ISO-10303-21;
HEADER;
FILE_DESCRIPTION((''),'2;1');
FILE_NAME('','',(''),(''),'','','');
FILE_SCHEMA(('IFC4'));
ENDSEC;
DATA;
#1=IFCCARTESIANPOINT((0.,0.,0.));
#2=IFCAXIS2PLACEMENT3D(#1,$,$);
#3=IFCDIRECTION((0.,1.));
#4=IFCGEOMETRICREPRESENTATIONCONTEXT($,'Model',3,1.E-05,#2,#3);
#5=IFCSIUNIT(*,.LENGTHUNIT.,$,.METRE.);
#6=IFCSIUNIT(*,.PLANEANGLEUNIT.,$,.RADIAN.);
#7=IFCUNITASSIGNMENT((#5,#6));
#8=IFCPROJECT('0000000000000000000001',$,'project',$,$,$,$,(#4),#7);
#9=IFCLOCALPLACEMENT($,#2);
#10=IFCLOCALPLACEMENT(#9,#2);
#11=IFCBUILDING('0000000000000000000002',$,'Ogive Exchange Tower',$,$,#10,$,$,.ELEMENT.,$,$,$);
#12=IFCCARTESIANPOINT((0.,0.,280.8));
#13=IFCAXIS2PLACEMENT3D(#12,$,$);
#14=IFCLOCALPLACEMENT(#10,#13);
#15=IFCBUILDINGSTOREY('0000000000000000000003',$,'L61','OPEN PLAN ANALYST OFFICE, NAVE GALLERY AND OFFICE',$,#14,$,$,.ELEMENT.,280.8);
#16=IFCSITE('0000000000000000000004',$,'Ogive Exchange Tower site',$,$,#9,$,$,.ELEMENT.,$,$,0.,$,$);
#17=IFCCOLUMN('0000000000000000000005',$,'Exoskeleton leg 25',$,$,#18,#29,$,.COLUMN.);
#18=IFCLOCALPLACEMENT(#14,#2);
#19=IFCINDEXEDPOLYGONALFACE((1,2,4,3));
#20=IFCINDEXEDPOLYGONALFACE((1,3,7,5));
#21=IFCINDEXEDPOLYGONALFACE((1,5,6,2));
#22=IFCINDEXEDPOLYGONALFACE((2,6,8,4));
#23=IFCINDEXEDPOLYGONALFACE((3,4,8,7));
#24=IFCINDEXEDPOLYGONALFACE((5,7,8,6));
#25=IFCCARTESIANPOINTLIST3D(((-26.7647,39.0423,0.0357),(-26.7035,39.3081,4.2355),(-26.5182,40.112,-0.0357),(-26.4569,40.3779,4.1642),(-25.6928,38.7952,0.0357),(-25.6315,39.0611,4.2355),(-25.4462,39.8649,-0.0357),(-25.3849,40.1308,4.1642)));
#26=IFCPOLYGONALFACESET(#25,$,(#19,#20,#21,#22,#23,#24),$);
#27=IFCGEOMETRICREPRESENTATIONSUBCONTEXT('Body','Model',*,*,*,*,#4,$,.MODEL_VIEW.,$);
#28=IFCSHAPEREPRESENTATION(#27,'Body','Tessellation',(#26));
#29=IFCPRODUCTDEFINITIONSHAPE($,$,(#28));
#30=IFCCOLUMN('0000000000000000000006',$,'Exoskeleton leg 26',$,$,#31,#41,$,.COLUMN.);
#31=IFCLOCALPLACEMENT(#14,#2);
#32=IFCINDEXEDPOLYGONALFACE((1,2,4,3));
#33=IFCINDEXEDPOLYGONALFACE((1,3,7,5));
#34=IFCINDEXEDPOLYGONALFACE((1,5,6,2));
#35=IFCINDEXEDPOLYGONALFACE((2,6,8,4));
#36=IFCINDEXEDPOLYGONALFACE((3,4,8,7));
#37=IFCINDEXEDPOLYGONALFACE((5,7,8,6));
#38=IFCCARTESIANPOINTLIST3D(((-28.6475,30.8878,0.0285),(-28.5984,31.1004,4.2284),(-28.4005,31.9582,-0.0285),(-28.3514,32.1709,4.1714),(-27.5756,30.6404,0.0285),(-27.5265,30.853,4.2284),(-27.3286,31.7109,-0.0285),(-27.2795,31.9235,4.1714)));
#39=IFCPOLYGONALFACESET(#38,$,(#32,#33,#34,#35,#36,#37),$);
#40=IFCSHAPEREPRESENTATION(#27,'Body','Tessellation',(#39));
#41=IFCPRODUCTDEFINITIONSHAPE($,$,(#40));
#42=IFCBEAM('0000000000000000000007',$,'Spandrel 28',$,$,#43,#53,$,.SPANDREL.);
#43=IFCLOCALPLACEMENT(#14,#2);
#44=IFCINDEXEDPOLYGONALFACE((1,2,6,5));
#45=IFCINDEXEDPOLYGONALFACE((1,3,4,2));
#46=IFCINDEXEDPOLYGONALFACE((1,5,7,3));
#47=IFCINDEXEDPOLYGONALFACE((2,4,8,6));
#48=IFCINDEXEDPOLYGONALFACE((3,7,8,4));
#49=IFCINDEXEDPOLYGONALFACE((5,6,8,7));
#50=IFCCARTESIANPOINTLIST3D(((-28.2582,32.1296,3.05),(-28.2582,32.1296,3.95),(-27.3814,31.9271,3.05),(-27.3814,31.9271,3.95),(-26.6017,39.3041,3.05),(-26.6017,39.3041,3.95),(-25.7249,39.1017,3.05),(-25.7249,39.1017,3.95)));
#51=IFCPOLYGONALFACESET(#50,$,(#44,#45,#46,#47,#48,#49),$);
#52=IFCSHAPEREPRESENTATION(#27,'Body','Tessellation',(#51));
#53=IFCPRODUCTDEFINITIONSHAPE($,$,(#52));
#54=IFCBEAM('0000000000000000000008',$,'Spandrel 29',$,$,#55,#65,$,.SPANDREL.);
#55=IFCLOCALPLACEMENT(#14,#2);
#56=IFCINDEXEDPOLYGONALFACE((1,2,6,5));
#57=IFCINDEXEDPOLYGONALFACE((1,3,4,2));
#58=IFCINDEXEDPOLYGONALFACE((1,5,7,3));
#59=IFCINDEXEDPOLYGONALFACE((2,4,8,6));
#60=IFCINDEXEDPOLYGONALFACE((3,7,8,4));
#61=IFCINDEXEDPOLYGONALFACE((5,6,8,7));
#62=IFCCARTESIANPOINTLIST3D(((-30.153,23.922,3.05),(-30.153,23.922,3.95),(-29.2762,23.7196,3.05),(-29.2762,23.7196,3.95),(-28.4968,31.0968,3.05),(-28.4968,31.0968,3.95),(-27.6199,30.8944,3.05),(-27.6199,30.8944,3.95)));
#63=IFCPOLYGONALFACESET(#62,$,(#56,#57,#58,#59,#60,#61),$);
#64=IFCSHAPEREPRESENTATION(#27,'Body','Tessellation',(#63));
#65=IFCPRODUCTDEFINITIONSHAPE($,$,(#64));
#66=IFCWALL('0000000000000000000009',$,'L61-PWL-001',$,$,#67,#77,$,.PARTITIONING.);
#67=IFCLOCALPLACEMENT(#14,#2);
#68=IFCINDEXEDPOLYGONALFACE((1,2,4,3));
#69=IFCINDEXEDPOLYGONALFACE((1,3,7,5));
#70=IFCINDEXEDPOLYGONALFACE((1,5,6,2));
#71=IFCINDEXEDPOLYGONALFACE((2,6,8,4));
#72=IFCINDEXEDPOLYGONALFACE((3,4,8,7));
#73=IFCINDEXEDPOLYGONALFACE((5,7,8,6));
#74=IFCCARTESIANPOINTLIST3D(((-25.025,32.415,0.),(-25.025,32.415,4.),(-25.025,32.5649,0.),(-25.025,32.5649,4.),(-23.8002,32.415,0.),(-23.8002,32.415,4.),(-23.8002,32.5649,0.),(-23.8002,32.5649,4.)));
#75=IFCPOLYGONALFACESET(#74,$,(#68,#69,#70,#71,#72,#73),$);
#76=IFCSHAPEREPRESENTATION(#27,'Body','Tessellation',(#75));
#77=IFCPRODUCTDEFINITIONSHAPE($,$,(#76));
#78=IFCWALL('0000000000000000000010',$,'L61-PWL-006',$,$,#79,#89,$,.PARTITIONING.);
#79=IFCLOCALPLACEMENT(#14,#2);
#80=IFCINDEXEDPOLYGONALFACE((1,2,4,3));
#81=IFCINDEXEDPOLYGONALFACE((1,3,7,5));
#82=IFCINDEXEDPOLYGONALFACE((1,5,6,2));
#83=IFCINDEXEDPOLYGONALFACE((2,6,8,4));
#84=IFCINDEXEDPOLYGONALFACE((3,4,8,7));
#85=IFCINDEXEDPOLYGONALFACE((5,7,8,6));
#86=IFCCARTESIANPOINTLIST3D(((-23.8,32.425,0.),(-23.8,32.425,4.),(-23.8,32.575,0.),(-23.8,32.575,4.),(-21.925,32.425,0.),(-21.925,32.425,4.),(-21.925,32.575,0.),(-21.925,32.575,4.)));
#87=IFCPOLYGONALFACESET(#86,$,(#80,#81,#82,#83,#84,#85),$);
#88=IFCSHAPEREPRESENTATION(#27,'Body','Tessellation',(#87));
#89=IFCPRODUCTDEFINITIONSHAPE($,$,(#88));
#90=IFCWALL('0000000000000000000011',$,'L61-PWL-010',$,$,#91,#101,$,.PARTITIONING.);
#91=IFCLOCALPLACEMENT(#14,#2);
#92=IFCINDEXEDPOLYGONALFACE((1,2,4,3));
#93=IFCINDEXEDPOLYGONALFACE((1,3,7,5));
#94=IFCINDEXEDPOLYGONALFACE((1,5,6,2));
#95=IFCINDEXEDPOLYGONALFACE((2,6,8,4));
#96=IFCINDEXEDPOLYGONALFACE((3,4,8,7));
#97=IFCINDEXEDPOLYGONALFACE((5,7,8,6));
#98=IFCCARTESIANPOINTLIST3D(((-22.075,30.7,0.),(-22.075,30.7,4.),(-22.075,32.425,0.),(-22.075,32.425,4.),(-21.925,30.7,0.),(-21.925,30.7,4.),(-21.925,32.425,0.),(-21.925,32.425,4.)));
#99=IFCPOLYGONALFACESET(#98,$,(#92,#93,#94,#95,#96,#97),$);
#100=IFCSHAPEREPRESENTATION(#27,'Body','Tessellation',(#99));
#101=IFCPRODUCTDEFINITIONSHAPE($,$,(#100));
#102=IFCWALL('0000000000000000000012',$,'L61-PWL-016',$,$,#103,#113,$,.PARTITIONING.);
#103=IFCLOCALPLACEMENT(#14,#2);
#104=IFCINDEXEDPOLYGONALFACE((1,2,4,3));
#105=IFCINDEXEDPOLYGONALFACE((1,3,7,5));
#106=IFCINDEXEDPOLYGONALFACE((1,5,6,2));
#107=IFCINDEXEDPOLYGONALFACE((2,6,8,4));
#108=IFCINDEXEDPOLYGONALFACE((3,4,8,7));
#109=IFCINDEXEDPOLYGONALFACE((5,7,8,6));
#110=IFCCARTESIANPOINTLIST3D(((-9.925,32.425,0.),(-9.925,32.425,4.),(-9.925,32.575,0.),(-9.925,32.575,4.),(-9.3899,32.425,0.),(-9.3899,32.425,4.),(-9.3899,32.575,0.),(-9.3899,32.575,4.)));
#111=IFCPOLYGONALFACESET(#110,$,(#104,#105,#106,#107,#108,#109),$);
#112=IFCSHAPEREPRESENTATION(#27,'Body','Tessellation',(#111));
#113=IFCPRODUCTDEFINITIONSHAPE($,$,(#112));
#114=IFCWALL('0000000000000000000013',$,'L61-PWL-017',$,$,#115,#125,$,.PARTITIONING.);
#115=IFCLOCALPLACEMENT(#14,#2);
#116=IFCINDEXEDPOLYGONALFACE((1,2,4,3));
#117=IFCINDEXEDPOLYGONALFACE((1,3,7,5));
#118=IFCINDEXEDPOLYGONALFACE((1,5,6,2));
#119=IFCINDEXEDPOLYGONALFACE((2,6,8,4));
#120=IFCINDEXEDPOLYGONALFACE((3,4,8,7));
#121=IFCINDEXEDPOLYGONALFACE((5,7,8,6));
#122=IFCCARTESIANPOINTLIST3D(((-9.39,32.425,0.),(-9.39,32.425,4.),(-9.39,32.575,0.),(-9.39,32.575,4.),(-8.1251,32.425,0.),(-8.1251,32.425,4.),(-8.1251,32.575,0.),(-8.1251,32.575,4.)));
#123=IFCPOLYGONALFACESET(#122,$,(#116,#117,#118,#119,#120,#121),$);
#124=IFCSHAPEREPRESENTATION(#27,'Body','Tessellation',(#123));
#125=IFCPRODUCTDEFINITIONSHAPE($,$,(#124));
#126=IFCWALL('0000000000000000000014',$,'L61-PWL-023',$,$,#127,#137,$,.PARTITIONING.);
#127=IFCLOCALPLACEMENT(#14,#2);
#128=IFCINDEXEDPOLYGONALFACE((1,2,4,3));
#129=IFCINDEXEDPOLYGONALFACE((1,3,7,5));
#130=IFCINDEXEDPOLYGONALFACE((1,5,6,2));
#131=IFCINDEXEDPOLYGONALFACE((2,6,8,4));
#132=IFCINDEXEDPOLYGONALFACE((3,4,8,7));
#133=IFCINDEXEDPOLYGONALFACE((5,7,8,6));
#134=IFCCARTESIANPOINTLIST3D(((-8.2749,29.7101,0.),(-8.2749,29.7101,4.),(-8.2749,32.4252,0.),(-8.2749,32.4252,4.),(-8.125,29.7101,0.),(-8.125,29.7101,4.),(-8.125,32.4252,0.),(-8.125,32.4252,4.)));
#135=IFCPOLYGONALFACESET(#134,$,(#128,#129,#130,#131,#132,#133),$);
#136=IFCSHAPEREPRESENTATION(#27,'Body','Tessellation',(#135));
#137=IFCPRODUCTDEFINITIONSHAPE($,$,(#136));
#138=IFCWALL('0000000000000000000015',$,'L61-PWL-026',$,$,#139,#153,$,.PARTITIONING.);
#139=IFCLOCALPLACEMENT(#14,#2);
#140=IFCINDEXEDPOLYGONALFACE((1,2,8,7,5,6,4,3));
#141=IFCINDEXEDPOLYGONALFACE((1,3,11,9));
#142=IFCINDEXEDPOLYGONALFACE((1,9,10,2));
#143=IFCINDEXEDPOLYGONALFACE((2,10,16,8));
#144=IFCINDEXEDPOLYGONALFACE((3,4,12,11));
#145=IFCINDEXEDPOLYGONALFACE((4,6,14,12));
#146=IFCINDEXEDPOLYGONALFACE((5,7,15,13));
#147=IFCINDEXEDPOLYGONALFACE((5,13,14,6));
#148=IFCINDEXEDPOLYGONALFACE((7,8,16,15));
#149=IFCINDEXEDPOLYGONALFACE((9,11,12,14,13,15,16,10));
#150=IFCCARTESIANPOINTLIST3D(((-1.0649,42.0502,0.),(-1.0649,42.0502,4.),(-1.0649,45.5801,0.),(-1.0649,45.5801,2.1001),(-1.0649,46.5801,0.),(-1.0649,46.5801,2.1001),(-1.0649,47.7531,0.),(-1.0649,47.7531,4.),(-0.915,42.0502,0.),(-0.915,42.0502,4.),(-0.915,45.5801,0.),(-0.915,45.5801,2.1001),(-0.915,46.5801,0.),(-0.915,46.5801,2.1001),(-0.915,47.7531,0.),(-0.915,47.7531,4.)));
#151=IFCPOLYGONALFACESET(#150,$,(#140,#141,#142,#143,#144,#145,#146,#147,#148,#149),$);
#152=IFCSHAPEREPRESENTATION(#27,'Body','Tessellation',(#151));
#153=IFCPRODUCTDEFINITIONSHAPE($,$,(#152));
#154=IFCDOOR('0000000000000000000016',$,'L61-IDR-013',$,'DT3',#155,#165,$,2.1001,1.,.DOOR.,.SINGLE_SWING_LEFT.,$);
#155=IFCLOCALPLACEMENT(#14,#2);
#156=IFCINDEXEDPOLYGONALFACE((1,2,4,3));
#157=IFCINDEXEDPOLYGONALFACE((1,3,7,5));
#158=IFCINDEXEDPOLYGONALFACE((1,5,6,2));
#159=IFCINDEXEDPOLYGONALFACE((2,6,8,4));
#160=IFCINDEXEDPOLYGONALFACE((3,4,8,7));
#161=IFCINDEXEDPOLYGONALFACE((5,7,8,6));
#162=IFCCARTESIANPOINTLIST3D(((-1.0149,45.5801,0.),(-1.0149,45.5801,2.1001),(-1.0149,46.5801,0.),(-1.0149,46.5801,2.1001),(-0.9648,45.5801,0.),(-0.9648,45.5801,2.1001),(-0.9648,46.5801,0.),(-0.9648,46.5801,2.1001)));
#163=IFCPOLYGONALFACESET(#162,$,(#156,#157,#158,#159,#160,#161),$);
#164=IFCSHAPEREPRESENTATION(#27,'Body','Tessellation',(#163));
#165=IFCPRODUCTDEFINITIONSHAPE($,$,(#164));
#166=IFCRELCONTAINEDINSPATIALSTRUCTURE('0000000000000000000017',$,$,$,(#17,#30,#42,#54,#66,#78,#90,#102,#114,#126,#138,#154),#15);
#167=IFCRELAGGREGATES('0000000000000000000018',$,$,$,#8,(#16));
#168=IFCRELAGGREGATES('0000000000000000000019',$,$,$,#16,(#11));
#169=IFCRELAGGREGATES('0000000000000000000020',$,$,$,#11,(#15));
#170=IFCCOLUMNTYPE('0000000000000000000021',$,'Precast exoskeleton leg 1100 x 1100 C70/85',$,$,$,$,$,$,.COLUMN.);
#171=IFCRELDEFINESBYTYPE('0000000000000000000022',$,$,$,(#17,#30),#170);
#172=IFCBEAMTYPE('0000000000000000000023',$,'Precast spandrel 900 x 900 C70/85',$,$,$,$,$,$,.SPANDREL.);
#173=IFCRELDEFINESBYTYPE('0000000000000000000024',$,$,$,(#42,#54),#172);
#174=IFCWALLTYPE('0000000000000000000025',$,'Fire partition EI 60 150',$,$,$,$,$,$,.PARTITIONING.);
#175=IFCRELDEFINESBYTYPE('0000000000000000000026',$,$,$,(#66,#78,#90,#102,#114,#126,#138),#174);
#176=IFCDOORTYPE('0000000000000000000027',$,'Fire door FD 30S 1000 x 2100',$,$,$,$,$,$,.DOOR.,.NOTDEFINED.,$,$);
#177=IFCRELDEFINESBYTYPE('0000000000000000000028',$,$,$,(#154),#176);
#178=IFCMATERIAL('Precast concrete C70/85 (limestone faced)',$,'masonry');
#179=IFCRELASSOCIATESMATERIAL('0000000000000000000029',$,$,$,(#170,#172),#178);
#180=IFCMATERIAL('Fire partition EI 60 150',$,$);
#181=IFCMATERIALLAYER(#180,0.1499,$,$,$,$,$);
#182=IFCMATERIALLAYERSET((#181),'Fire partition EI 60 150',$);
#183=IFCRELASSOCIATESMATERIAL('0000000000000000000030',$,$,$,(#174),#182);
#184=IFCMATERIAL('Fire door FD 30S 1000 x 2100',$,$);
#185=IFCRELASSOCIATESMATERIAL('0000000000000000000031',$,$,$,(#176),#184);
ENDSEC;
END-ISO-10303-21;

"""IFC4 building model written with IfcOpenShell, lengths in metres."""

from ifc_helpers import new_model, si_unit, direction, frame, frame_2d, origin, origin_2d, place, context, subcontext, project, spatial, rectangle, extrude, material, layer, layer_set, material_profile, profile_set, type_object, element, fill, save


model = new_model("IFC4")

# Units and contexts
model_context = context("Model", 3, precision=1e-05, world=origin(), true_north=direction((0.0, 1.0)))
body_context = subcontext(model_context, "Body", "Model", "MODEL_VIEW")
ifc_project = project(units=[si_unit("LENGTHUNIT", "METRE"), si_unit("PLANEANGLEUNIT", "RADIAN")], contexts=[model_context])

# Site, building, storey
site_placement = place(None, origin())
site = spatial("IfcSite", under=ifc_project, at=site_placement, Name="Ogive Exchange Tower site", CompositionType="ELEMENT", RefElevation=0.0)
building_placement = place(site_placement, origin())
building = spatial("IfcBuilding", under=site, at=building_placement, Name="Ogive Exchange Tower", CompositionType="ELEMENT")
storey_placement = place(building_placement, frame((0.0, 0.0, 280.8)))
storey = spatial("IfcBuildingStorey", under=building, at=storey_placement, Name="L61", Description="OPEN PLAN ANALYST OFFICE, NAVE GALLERY AND OFFICE", CompositionType="ELEMENT", Elevation=280.8)

# Columns
ifc_material_1 = material(Name="Precast concrete C70/85 (limestone faced)", Category="masonry")
ifc_material_profile_1 = material_profile(ifc_material_1, rectangle(XDim=1.1001, YDim=1.1001, at=origin_2d()), Name="1100 x 1100")
ifc_profile_set_1 = profile_set([ifc_material_profile_1], Name="Precast concrete C70/85 (limestone faced)")
column_type = type_object("IfcColumnType", Name="Precast exoskeleton leg 1100 x 1100 C70/85", PredefinedType="COLUMN", material=ifc_profile_set_1)
column_1_placement = place(storey_placement, frame((-26.1055, 39.4536, 0.0), z_axis=(0.01456, 0.06317, 0.997897), x_axis=(-0.974451, 0.224598, 0.0)))
element("IfcColumn", 1, at=column_1_placement, inside=storey, type_object=column_type, Name="Exoskeleton leg 25", PredefinedType="COLUMN", context=body_context, shape_type="SweptSolid", body=[
    extrude(rectangle(XDim=1.1001, YDim=1.1001, at=origin_2d()), origin(), (0.0, 0.0, 1.0), 4.2087),
])
column_2_placement = place(storey_placement, frame((-27.988, 31.2993, 0.0), z_axis=(0.011668, 0.050562, 0.998653), x_axis=(-0.974391, 0.22486, 0.0)))
element("IfcColumn", 2, at=column_2_placement, inside=storey, type_object=column_type, Name="Exoskeleton leg 26", PredefinedType="COLUMN", context=body_context, shape_type="SweptSolid", body=[
    extrude(rectangle(XDim=1.1001, YDim=1.1001, at=origin_2d()), origin(), (0.0, 0.0, 1.0), 4.2056),
])

# Beams
ifc_material_profile_2 = material_profile(ifc_material_1, rectangle(XDim=0.8999, YDim=0.8999, at=origin_2d()), Name="900 x 900")
ifc_profile_set_2 = profile_set([ifc_material_profile_2], Name="Precast concrete C70/85 (limestone faced)")
beam_type = type_object("IfcBeamType", Name="Precast spandrel 900 x 900 C70/85", PredefinedType="SPANDREL", material=ifc_profile_set_2)
beam_1_placement = place(storey_placement, frame((-26.1633, 39.2029, 3.5), z_axis=(-0.224966, -0.974367, 0.0), x_axis=(0.974367, -0.224966, 0.0)))
element("IfcBeam", 3, at=beam_1_placement, inside=storey, type_object=beam_type, Name="Spandrel 28", PredefinedType="SPANDREL", context=body_context, shape_type="SweptSolid", body=[
    extrude(rectangle(XDim=0.8999, YDim=0.8999, at=origin_2d()), origin(), (0.0, 0.0, 1.0), 7.3633),
])
beam_2_placement = place(storey_placement, frame((-28.0583, 30.9956, 3.5), z_axis=(-0.224927, -0.974376, 0.0), x_axis=(0.974376, -0.224927, 0.0)))
element("IfcBeam", 4, at=beam_2_placement, inside=storey, type_object=beam_type, Name="Spandrel 29", PredefinedType="SPANDREL", context=body_context, shape_type="SweptSolid", body=[
    extrude(rectangle(XDim=0.8999, YDim=0.8999, at=origin_2d()), origin(), (0.0, 0.0, 1.0), 7.3635),
])

# Walls
ifc_material_2 = material(Name="Fire partition EI 60 150")
ifc_layer_1 = layer(ifc_material_2, 0.1499)
ifc_layer_set_1 = layer_set([ifc_layer_1], Name="Fire partition EI 60 150")
wall_type_1 = type_object("IfcWallType", Name="Fire partition EI 60 150", PredefinedType="PARTITIONING", material=ifc_layer_set_1)
wall_1_placement = place(storey_placement, frame((-25.0249, 32.49, 0.0), z_axis=(0.0, 0.0, 1.0), x_axis=(1.0, 0.0, 0.0)))
element("IfcWall", 5, at=wall_1_placement, inside=storey, type_object=wall_type_1, Name="L61-PWL-001", PredefinedType="PARTITIONING", context=body_context, shape_type="SweptSolid", body=[
    extrude(rectangle(XDim=1.2249, YDim=0.1499, at=frame_2d((0.6123, 0.0))), origin(), (0.0, 0.0, 1.0), 4.0),
])
wall_2_placement = place(storey_placement, frame((-23.8, 32.5, 0.0), z_axis=(0.0, 0.0, 1.0), x_axis=(1.0, 0.0, 0.0)))
element("IfcWall", 6, at=wall_2_placement, inside=storey, type_object=wall_type_1, Name="L61-PWL-006", PredefinedType="PARTITIONING", context=body_context, shape_type="SweptSolid", body=[
    extrude(rectangle(XDim=1.875, YDim=0.1499, at=frame_2d((0.9375, 0.0))), origin(), (0.0, 0.0, 1.0), 4.0),
])
wall_3_placement = place(storey_placement, frame((-22.0, 32.425, 0.0), z_axis=(0.0, 0.0, 1.0), x_axis=(0.0, -1.0, 0.0)))
element("IfcWall", 7, at=wall_3_placement, inside=storey, type_object=wall_type_1, Name="L61-PWL-010", PredefinedType="PARTITIONING", context=body_context, shape_type="SweptSolid", body=[
    extrude(rectangle(XDim=1.7251, YDim=0.1499, at=frame_2d((0.8625, 0.0))), origin(), (0.0, 0.0, 1.0), 4.0),
])
wall_4_placement = place(storey_placement, frame((-9.925, 32.5, 0.0), z_axis=(0.0, 0.0, 1.0), x_axis=(1.0, 0.0, 0.0)))
element("IfcWall", 8, at=wall_4_placement, inside=storey, type_object=wall_type_1, Name="L61-PWL-016", PredefinedType="PARTITIONING", context=body_context, shape_type="SweptSolid", body=[
    extrude(rectangle(XDim=0.5352, YDim=0.1499, at=frame_2d((0.2676, 0.0))), origin(), (0.0, 0.0, 1.0), 4.0),
])
wall_5_placement = place(storey_placement, frame((-9.3899, 32.5, 0.0), z_axis=(0.0, 0.0, 1.0), x_axis=(1.0, 0.0, 0.0)))
element("IfcWall", 9, at=wall_5_placement, inside=storey, type_object=wall_type_1, Name="L61-PWL-017", PredefinedType="PARTITIONING", context=body_context, shape_type="SweptSolid", body=[
    extrude(rectangle(XDim=1.2649, YDim=0.1499, at=frame_2d((0.6323, 0.0))), origin(), (0.0, 0.0, 1.0), 4.0),
])
wall_6_placement = place(storey_placement, frame((-8.2, 32.425, 0.0), z_axis=(0.0, 0.0, 1.0), x_axis=(0.0, -1.0, 0.0)))
element("IfcWall", 10, at=wall_6_placement, inside=storey, type_object=wall_type_1, Name="L61-PWL-023", PredefinedType="PARTITIONING", context=body_context, shape_type="SweptSolid", body=[
    extrude(rectangle(XDim=2.7151, YDim=0.1499, at=frame_2d((1.3574, 0.0))), origin(), (0.0, 0.0, 1.0), 4.0),
])

# Wall, opening, door
wall_7_placement = place(storey_placement, frame((-0.99, 42.05, 0.0), z_axis=(0.0, 0.0, 1.0), x_axis=(0.0, 1.0, 0.0)))
wall_7 = element("IfcWall", 11, at=wall_7_placement, inside=storey, type_object=wall_type_1, Name="L61-PWL-026", PredefinedType="PARTITIONING", context=body_context, shape_type="SweptSolid", body=[
    extrude(rectangle(XDim=5.7029, YDim=0.1499, at=frame_2d((2.8516, 0.0))), origin(), (0.0, 0.0, 1.0), 4.0),
])
opening_1_placement = place(wall_7_placement, frame((3.53, 0.0, 0.0)))
opening_1 = element("IfcOpeningElement", 12, at=opening_1_placement, cuts=wall_7, PredefinedType="OPENING", context=body_context, shape_type="SweptSolid", body=[
    extrude(rectangle(XDim=1.0, YDim=2.1001, at=frame_2d((0.5, 1.05))), frame((0.0, 0.085, 0.0), z_axis=(0.0, -1.0, 0.0), x_axis=(1.0, 0.0, 0.0)), (0.0, 0.0, 1.0), 0.1699),
])
ifc_material_3 = material(Name="Fire door FD 30S 1000 x 2100")
door_type_1 = type_object("IfcDoorType", Name="Fire door FD 30S 1000 x 2100", OperationType="NOTDEFINED", PredefinedType="DOOR", material=ifc_material_3)
door_1_placement = place(opening_1_placement, origin())
door_1 = element("IfcDoor", 13, at=door_1_placement, inside=storey, type_object=door_type_1, Name="L61-IDR-013", ObjectType="DT3", OperationType="SINGLE_SWING_LEFT", OverallHeight=2.1001, OverallWidth=1.0, PredefinedType="DOOR", context=body_context, shape_type="SweptSolid", body=[
    extrude(rectangle(XDim=1.0, YDim=2.1001, at=frame_2d((0.5, 1.05))), frame((0.0, 0.0249, 0.0), z_axis=(0.0, -1.0, 0.0), x_axis=(1.0, 0.0, 0.0)), (0.0, 0.0, 1.0), 0.05),
])
fill(opening_1, door_1)

save(model, "model.ifc")
